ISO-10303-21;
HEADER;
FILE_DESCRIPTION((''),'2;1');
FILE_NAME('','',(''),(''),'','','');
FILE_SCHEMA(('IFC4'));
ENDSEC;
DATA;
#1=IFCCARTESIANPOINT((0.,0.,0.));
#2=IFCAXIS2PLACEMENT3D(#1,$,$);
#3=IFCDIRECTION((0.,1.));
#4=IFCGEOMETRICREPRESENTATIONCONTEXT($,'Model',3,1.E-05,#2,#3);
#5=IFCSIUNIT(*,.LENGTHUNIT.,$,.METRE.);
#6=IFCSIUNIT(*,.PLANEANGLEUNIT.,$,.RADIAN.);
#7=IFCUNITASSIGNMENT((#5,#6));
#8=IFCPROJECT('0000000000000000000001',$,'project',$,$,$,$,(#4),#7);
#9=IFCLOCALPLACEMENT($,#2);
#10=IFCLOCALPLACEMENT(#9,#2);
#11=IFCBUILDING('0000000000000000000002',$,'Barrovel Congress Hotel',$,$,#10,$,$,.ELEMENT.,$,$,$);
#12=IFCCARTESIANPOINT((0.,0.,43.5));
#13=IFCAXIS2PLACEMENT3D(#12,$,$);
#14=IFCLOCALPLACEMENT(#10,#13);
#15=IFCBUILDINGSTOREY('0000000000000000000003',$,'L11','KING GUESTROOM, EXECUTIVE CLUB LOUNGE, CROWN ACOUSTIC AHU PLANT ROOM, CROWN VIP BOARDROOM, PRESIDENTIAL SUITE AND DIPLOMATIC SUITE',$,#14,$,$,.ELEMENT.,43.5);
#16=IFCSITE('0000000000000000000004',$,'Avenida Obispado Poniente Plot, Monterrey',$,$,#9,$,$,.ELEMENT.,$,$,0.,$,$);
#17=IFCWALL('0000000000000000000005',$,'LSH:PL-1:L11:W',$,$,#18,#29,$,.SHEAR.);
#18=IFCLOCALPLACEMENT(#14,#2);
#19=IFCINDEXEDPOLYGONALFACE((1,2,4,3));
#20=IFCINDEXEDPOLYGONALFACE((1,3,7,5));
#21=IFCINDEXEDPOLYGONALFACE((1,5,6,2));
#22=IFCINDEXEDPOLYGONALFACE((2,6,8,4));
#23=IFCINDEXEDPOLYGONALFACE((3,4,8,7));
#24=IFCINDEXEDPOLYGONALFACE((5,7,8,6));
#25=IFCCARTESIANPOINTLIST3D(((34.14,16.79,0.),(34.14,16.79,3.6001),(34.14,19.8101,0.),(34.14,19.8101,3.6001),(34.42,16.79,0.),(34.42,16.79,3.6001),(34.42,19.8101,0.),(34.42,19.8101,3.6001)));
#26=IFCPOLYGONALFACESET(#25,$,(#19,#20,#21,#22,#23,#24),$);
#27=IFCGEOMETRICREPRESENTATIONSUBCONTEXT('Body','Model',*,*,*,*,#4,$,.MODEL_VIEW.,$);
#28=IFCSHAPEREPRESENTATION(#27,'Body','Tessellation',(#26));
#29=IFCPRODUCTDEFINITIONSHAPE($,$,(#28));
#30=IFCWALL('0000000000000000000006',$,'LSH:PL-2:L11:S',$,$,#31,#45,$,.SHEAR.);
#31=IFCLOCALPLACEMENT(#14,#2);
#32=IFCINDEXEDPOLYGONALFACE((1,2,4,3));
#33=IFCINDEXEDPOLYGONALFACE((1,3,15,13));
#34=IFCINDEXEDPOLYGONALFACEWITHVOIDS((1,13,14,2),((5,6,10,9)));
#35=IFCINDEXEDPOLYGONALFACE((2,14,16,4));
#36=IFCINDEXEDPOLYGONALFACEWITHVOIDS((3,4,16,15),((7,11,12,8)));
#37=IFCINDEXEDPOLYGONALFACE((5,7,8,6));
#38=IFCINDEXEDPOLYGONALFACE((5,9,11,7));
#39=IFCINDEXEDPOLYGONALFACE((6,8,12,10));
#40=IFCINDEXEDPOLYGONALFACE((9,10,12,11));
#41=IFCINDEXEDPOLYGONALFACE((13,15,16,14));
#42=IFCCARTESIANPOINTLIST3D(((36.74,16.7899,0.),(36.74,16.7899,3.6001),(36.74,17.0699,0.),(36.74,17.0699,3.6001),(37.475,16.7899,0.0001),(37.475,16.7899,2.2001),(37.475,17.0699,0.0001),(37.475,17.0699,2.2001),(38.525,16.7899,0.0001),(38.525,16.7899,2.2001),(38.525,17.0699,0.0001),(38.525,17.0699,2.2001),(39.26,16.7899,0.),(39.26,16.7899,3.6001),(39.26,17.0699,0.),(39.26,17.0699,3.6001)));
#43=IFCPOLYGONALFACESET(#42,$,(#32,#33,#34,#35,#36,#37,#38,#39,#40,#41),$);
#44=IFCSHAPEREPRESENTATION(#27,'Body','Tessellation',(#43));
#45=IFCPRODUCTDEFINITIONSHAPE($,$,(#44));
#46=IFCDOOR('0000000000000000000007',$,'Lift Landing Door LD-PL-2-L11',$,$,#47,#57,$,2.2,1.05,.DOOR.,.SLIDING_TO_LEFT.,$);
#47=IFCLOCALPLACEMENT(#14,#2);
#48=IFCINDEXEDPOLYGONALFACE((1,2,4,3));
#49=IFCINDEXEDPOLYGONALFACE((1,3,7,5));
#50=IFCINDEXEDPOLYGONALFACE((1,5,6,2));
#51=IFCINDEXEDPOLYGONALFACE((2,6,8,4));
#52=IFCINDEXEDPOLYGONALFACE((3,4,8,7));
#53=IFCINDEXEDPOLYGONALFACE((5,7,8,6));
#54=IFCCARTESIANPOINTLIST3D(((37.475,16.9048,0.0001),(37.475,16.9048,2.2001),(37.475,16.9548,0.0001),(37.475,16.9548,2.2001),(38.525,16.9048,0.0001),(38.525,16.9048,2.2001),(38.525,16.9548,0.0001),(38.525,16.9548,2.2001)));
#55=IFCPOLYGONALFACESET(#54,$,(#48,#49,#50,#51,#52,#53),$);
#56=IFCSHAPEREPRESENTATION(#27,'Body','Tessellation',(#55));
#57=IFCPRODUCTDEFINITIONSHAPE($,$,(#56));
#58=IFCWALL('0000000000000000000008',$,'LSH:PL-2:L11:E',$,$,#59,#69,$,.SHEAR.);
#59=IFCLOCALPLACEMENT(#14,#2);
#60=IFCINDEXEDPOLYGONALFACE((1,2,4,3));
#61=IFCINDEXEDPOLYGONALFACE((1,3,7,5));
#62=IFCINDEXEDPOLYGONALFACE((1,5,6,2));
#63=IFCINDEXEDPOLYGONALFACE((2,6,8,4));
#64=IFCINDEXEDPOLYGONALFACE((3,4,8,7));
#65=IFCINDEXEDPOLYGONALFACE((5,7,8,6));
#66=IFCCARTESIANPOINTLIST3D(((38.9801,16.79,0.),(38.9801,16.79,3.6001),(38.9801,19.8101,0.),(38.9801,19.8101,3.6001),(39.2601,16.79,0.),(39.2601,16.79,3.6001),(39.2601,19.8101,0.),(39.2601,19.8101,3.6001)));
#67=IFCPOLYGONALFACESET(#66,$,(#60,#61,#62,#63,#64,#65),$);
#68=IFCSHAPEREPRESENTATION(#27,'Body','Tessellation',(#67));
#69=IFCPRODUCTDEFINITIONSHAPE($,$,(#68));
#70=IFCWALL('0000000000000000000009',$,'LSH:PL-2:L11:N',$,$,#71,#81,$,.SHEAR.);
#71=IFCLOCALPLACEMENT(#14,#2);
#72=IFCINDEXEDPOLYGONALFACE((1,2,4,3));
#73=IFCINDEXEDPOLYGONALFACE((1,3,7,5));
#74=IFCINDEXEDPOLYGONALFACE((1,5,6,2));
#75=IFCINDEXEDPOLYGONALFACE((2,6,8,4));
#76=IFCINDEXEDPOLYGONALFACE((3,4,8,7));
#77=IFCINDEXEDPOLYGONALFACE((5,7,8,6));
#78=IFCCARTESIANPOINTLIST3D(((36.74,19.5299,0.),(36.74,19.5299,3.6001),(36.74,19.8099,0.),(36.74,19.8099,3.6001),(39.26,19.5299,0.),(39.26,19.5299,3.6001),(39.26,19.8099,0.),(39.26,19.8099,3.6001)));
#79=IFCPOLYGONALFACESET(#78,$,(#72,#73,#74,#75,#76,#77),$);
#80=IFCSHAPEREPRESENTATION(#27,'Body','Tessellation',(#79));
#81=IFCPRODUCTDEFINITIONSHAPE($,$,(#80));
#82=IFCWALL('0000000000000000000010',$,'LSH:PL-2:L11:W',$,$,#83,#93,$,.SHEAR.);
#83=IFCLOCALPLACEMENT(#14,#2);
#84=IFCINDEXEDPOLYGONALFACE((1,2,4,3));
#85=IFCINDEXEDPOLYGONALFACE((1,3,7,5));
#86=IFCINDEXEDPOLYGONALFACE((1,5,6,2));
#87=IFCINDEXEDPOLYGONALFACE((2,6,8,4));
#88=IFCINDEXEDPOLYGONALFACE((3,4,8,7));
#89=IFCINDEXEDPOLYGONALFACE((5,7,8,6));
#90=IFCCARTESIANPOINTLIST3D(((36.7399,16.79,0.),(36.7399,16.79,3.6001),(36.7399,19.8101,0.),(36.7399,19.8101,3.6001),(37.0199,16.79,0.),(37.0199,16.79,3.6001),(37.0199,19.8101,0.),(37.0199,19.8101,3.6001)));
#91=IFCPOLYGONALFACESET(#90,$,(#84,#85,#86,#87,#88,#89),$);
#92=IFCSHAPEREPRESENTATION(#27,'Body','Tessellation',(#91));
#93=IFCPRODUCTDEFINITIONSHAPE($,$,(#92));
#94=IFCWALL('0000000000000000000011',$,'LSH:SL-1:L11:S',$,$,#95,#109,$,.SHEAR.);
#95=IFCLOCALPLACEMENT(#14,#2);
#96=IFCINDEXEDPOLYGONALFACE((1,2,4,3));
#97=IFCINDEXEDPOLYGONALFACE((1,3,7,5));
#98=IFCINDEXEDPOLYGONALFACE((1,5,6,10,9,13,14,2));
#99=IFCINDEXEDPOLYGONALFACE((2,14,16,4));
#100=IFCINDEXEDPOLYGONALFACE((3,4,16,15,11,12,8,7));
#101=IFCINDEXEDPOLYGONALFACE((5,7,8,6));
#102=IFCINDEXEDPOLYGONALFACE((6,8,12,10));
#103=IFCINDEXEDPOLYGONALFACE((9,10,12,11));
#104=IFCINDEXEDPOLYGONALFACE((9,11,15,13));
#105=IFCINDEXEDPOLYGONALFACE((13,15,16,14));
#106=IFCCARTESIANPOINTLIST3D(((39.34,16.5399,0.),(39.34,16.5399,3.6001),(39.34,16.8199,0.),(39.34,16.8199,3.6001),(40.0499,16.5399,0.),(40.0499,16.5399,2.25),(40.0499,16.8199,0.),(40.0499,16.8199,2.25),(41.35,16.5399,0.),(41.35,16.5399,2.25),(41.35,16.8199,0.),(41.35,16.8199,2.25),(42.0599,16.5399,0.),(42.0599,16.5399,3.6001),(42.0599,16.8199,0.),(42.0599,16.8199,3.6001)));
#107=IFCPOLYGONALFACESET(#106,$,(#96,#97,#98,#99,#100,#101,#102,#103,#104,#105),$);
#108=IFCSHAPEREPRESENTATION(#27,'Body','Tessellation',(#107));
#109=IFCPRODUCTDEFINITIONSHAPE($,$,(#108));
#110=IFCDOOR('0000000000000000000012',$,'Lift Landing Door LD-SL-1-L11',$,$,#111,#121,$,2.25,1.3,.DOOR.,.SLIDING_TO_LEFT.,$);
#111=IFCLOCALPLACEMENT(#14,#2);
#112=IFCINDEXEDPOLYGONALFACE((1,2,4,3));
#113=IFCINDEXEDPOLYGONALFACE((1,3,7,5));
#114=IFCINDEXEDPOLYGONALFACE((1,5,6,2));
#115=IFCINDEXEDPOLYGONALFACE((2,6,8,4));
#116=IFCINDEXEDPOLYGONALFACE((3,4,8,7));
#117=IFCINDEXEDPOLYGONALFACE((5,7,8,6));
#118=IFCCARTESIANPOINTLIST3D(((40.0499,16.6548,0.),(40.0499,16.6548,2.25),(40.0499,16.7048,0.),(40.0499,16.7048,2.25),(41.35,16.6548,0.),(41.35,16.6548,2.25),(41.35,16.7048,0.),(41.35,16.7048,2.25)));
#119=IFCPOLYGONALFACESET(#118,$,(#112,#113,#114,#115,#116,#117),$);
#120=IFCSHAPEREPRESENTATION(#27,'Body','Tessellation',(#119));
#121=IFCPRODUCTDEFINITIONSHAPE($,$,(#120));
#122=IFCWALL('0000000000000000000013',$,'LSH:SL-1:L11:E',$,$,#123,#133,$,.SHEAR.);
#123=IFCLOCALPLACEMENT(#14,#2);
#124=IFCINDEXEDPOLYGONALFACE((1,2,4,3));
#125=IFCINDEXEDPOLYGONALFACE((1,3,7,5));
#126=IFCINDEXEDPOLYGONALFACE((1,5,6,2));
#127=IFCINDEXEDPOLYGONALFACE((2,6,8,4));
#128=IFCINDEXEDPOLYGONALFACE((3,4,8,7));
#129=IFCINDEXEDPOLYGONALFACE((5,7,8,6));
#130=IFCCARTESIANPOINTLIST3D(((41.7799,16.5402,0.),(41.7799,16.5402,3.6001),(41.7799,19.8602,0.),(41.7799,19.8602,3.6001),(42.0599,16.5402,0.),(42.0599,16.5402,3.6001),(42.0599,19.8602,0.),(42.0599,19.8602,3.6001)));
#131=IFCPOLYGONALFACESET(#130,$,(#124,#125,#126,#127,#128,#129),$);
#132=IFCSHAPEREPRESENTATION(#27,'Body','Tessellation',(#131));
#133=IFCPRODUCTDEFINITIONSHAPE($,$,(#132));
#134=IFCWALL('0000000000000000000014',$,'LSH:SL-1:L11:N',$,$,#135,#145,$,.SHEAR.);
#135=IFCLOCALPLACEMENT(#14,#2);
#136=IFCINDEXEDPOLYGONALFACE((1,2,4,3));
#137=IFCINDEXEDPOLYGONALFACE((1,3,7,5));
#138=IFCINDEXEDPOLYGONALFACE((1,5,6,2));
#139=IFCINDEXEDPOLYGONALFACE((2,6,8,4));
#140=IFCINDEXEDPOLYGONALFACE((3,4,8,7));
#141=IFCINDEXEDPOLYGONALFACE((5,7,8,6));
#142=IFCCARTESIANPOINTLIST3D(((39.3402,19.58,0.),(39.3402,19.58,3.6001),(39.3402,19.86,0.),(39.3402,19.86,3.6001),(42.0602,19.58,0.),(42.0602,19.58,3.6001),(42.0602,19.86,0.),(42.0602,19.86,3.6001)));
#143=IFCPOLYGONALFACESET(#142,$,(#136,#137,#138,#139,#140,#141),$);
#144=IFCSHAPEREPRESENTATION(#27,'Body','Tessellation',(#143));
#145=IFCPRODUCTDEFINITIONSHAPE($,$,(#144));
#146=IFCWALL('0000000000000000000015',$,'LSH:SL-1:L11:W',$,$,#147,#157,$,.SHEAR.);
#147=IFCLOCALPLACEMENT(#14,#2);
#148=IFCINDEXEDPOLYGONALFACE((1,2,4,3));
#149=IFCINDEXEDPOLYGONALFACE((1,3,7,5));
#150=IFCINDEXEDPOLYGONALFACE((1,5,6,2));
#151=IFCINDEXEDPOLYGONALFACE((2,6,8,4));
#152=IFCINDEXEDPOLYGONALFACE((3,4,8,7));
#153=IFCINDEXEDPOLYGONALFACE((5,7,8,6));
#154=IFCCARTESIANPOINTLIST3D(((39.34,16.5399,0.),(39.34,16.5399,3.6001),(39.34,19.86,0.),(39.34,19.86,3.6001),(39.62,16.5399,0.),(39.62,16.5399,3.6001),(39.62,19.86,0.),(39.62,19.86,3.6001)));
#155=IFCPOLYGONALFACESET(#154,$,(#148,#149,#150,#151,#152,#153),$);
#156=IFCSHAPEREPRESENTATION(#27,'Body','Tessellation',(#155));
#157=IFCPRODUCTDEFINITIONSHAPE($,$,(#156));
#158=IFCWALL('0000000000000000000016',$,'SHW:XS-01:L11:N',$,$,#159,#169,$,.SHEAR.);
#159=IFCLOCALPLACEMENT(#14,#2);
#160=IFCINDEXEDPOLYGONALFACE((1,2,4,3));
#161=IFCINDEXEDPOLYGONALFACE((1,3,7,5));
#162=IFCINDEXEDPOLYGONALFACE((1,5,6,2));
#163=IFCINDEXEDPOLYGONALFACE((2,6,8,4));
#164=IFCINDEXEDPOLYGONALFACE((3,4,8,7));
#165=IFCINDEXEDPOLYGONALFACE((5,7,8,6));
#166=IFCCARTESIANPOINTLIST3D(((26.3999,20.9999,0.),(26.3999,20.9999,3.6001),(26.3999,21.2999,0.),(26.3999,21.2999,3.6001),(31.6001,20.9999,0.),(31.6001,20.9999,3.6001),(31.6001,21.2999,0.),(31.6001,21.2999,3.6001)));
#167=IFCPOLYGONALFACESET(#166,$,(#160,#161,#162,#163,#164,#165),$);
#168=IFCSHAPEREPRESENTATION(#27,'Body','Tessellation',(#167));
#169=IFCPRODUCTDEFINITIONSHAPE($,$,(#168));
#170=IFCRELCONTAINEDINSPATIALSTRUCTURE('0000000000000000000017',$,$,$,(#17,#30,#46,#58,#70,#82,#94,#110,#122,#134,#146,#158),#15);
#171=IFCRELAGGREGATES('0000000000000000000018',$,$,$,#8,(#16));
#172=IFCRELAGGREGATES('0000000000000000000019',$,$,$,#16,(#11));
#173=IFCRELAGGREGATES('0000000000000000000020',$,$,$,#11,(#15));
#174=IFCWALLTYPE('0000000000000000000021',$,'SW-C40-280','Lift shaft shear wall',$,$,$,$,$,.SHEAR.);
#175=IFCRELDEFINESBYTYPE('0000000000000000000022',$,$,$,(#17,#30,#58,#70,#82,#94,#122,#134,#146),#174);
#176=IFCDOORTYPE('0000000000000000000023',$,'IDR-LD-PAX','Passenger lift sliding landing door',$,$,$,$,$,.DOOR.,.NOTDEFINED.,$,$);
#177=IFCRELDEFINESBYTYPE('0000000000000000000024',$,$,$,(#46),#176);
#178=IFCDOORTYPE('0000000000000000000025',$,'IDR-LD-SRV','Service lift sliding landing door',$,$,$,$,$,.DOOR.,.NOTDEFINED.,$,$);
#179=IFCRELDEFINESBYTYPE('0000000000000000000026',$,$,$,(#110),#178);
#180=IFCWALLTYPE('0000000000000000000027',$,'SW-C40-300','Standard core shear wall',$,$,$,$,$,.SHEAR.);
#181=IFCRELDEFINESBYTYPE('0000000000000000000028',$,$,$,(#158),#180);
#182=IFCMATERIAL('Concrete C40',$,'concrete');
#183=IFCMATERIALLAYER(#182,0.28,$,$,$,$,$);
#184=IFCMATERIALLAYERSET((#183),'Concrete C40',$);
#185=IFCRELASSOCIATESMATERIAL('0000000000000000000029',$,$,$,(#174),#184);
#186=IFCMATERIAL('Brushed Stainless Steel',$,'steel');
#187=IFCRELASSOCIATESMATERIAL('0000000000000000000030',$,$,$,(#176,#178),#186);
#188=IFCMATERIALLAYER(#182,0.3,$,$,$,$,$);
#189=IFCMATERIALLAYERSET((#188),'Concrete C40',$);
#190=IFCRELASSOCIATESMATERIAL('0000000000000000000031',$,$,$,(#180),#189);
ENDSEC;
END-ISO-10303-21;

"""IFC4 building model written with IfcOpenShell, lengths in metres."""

from ifc_helpers import new_model, si_unit, direction, frame, frame_2d, origin, place, context, subcontext, project, spatial, rectangle, extrude, material, layer, layer_set, type_object, element, fill, save


model = new_model("IFC4")

# Units and contexts
model_context = context("Model", 3, precision=1e-05, world=origin(), true_north=direction((0.0, 1.0)))
body_context = subcontext(model_context, "Body", "Model", "MODEL_VIEW")
ifc_project = project(units=[si_unit("LENGTHUNIT", "METRE"), si_unit("PLANEANGLEUNIT", "RADIAN")], contexts=[model_context])

# Site, building, storey
site_placement = place(None, origin())
site = spatial("IfcSite", under=ifc_project, at=site_placement, Name="Avenida Obispado Poniente Plot, Monterrey", CompositionType="ELEMENT", RefElevation=0.0)
building_placement = place(site_placement, origin())
building = spatial("IfcBuilding", under=site, at=building_placement, Name="Barrovel Congress Hotel", CompositionType="ELEMENT")
storey_placement = place(building_placement, frame((0.0, 0.0, 43.5)))
storey = spatial("IfcBuildingStorey", under=building, at=storey_placement, Name="L11", Description="KING GUESTROOM, EXECUTIVE CLUB LOUNGE, CROWN ACOUSTIC AHU PLANT ROOM, CROWN VIP BOARDROOM, PRESIDENTIAL SUITE AND DIPLOMATIC SUITE", CompositionType="ELEMENT", Elevation=43.5)

# Shared definitions
ifc_material_1 = material(Name="Concrete C40", Category="concrete")

# Shared definitions
ifc_material_2 = material(Name="Brushed Stainless Steel", Category="steel")
ifc_layer_1 = layer(ifc_material_1, 0.28)
ifc_layer_set_1 = layer_set([ifc_layer_1], Name="Concrete C40")
wall_type_1 = type_object("IfcWallType", Name="SW-C40-280", Description="Lift shaft shear wall", PredefinedType="SHEAR", material=ifc_layer_set_1)
door_type_1 = type_object("IfcDoorType", Name="IDR-LD-PAX", Description="Passenger lift sliding landing door", OperationType="NOTDEFINED", PredefinedType="DOOR", material=ifc_material_2)

# Wall
wall_1_placement = place(storey_placement, frame((34.28, 19.8101, 0.0), z_axis=(0.0, 0.0, 1.0), x_axis=(0.0, -1.0, 0.0)))
element("IfcWall", 1, at=wall_1_placement, inside=storey, type_object=wall_type_1, Name="LSH:PL-1:L11:W", PredefinedType="SHEAR", context=body_context, shape_type="SweptSolid", body=[
    extrude(rectangle(XDim=3.02, YDim=0.28, at=frame_2d((1.51, 0.0))), origin(), (0.0, 0.0, 1.0), 3.6001),
])

# Wall, opening, door
wall_2_placement = place(storey_placement, frame((36.74, 16.9299, 0.0), z_axis=(0.0, 0.0, 1.0), x_axis=(1.0, 0.0, 0.0)))
wall_2 = element("IfcWall", 2, at=wall_2_placement, inside=storey, type_object=wall_type_1, Name="LSH:PL-2:L11:S", PredefinedType="SHEAR", context=body_context, shape_type="SweptSolid", body=[
    extrude(rectangle(XDim=2.52, YDim=0.28, at=frame_2d((1.26, 0.0))), origin(), (0.0, 0.0, 1.0), 3.6001),
])
opening_1_placement = place(wall_2_placement, frame((0.7351, 0.0, 0.0)))
opening_1 = element("IfcOpeningElement", 3, at=opening_1_placement, cuts=wall_2, PredefinedType="OPENING", context=body_context, shape_type="SweptSolid", body=[
    extrude(rectangle(XDim=1.05, YDim=2.2, at=frame_2d((0.5249, 1.1001))), frame((0.0, 0.1499, 0.0), z_axis=(0.0, -1.0, 0.0), x_axis=(1.0, 0.0, 0.0)), (0.0, 0.0, 1.0), 0.3),
])
door_1_placement = place(opening_1_placement, origin())
door_1 = element("IfcDoor", 4, at=door_1_placement, inside=storey, type_object=door_type_1, Name="Lift Landing Door LD-PL-2-L11", OperationType="SLIDING_TO_LEFT", OverallHeight=2.2, OverallWidth=1.05, PredefinedType="DOOR", context=body_context, shape_type="SweptSolid", body=[
    extrude(rectangle(XDim=1.05, YDim=2.2, at=frame_2d((0.5249, 1.1001))), frame((0.0, 0.0249, 0.0), z_axis=(0.0, -1.0, 0.0), x_axis=(1.0, 0.0, 0.0)), (0.0, 0.0, 1.0), 0.05),
])
fill(opening_1, door_1)

# Walls
wall_3_placement = place(storey_placement, frame((39.1201, 16.79, 0.0), z_axis=(0.0, 0.0, 1.0), x_axis=(0.0, 1.0, 0.0)))
element("IfcWall", 5, at=wall_3_placement, inside=storey, type_object=wall_type_1, Name="LSH:PL-2:L11:E", PredefinedType="SHEAR", context=body_context, shape_type="SweptSolid", body=[
    extrude(rectangle(XDim=3.02, YDim=0.28, at=frame_2d((1.51, 0.0))), origin(), (0.0, 0.0, 1.0), 3.6001),
])
wall_4_placement = place(storey_placement, frame((39.26, 19.6699, 0.0), z_axis=(0.0, 0.0, 1.0), x_axis=(-1.0, 0.0, 0.0)))
element("IfcWall", 6, at=wall_4_placement, inside=storey, type_object=wall_type_1, Name="LSH:PL-2:L11:N", PredefinedType="SHEAR", context=body_context, shape_type="SweptSolid", body=[
    extrude(rectangle(XDim=2.52, YDim=0.28, at=frame_2d((1.26, 0.0))), origin(), (0.0, 0.0, 1.0), 3.6001),
])
wall_5_placement = place(storey_placement, frame((36.8799, 19.8101, 0.0), z_axis=(0.0, 0.0, 1.0), x_axis=(0.0, -1.0, 0.0)))
element("IfcWall", 7, at=wall_5_placement, inside=storey, type_object=wall_type_1, Name="LSH:PL-2:L11:W", PredefinedType="SHEAR", context=body_context, shape_type="SweptSolid", body=[
    extrude(rectangle(XDim=3.02, YDim=0.28, at=frame_2d((1.51, 0.0))), origin(), (0.0, 0.0, 1.0), 3.6001),
])

# Wall, opening, door
wall_6_placement = place(storey_placement, frame((39.3401, 16.6799, 0.0), z_axis=(0.0, 0.0, 1.0), x_axis=(1.0, 0.0, 0.0)))
wall_6 = element("IfcWall", 8, at=wall_6_placement, inside=storey, type_object=wall_type_1, Name="LSH:SL-1:L11:S", PredefinedType="SHEAR", context=body_context, shape_type="SweptSolid", body=[
    extrude(rectangle(XDim=2.72, YDim=0.28, at=frame_2d((1.3599, 0.0))), origin(), (0.0, 0.0, 1.0), 3.6001),
])
opening_2_placement = place(wall_6_placement, frame((0.71, 0.0, 0.0)))
opening_2 = element("IfcOpeningElement", 9, at=opening_2_placement, cuts=wall_6, PredefinedType="OPENING", context=body_context, shape_type="SweptSolid", body=[
    extrude(rectangle(XDim=1.3, YDim=2.25, at=frame_2d((0.6499, 1.125))), frame((0.0, 0.1499, 0.0), z_axis=(0.0, -1.0, 0.0), x_axis=(1.0, 0.0, 0.0)), (0.0, 0.0, 1.0), 0.3),
])
door_type_2 = type_object("IfcDoorType", Name="IDR-LD-SRV", Description="Service lift sliding landing door", OperationType="NOTDEFINED", PredefinedType="DOOR", material=ifc_material_2)
door_2_placement = place(opening_2_placement, origin())
door_2 = element("IfcDoor", 10, at=door_2_placement, inside=storey, type_object=door_type_2, Name="Lift Landing Door LD-SL-1-L11", OperationType="SLIDING_TO_LEFT", OverallHeight=2.25, OverallWidth=1.3, PredefinedType="DOOR", context=body_context, shape_type="SweptSolid", body=[
    extrude(rectangle(XDim=1.3, YDim=2.25, at=frame_2d((0.6499, 1.125))), frame((0.0, 0.0249, 0.0), z_axis=(0.0, -1.0, 0.0), x_axis=(1.0, 0.0, 0.0)), (0.0, 0.0, 1.0), 0.05),
])
fill(opening_2, door_2)

# Walls
wall_7_placement = place(storey_placement, frame((41.9199, 16.54, 0.0), z_axis=(0.0, 0.0, 1.0), x_axis=(0.0, 1.0, 0.0)))
element("IfcWall", 11, at=wall_7_placement, inside=storey, type_object=wall_type_1, Name="LSH:SL-1:L11:E", PredefinedType="SHEAR", context=body_context, shape_type="SweptSolid", body=[
    extrude(rectangle(XDim=3.3201, YDim=0.28, at=frame_2d((1.6602, 0.0))), origin(), (0.0, 0.0, 1.0), 3.6001),
])
wall_8_placement = place(storey_placement, frame((42.0601, 19.72, 0.0), z_axis=(0.0, 0.0, 1.0), x_axis=(-1.0, 0.0, 0.0)))
element("IfcWall", 12, at=wall_8_placement, inside=storey, type_object=wall_type_1, Name="LSH:SL-1:L11:N", PredefinedType="SHEAR", context=body_context, shape_type="SweptSolid", body=[
    extrude(rectangle(XDim=2.72, YDim=0.28, at=frame_2d((1.3599, 0.0))), origin(), (0.0, 0.0, 1.0), 3.6001),
])
wall_9_placement = place(storey_placement, frame((39.48, 19.8601, 0.0), z_axis=(0.0, 0.0, 1.0), x_axis=(0.0, -1.0, 0.0)))
element("IfcWall", 13, at=wall_9_placement, inside=storey, type_object=wall_type_1, Name="LSH:SL-1:L11:W", PredefinedType="SHEAR", context=body_context, shape_type="SweptSolid", body=[
    extrude(rectangle(XDim=3.3201, YDim=0.28, at=frame_2d((1.6602, 0.0))), origin(), (0.0, 0.0, 1.0), 3.6001),
])
ifc_layer_2 = layer(ifc_material_1, 0.3)
ifc_layer_set_2 = layer_set([ifc_layer_2], Name="Concrete C40")
wall_type_2 = type_object("IfcWallType", Name="SW-C40-300", Description="Standard core shear wall", PredefinedType="SHEAR", material=ifc_layer_set_2)
wall_10_placement = place(storey_placement, frame((31.6001, 21.1499, 0.0), z_axis=(0.0, 0.0, 1.0), x_axis=(-1.0, 0.0, 0.0)))
element("IfcWall", 14, at=wall_10_placement, inside=storey, type_object=wall_type_2, Name="SHW:XS-01:L11:N", PredefinedType="SHEAR", context=body_context, shape_type="SweptSolid", body=[
    extrude(rectangle(XDim=5.2002, YDim=0.3, at=frame_2d((2.6001, 0.0))), origin(), (0.0, 0.0, 1.0), 3.6001),
])

save(model, "model.ifc")
